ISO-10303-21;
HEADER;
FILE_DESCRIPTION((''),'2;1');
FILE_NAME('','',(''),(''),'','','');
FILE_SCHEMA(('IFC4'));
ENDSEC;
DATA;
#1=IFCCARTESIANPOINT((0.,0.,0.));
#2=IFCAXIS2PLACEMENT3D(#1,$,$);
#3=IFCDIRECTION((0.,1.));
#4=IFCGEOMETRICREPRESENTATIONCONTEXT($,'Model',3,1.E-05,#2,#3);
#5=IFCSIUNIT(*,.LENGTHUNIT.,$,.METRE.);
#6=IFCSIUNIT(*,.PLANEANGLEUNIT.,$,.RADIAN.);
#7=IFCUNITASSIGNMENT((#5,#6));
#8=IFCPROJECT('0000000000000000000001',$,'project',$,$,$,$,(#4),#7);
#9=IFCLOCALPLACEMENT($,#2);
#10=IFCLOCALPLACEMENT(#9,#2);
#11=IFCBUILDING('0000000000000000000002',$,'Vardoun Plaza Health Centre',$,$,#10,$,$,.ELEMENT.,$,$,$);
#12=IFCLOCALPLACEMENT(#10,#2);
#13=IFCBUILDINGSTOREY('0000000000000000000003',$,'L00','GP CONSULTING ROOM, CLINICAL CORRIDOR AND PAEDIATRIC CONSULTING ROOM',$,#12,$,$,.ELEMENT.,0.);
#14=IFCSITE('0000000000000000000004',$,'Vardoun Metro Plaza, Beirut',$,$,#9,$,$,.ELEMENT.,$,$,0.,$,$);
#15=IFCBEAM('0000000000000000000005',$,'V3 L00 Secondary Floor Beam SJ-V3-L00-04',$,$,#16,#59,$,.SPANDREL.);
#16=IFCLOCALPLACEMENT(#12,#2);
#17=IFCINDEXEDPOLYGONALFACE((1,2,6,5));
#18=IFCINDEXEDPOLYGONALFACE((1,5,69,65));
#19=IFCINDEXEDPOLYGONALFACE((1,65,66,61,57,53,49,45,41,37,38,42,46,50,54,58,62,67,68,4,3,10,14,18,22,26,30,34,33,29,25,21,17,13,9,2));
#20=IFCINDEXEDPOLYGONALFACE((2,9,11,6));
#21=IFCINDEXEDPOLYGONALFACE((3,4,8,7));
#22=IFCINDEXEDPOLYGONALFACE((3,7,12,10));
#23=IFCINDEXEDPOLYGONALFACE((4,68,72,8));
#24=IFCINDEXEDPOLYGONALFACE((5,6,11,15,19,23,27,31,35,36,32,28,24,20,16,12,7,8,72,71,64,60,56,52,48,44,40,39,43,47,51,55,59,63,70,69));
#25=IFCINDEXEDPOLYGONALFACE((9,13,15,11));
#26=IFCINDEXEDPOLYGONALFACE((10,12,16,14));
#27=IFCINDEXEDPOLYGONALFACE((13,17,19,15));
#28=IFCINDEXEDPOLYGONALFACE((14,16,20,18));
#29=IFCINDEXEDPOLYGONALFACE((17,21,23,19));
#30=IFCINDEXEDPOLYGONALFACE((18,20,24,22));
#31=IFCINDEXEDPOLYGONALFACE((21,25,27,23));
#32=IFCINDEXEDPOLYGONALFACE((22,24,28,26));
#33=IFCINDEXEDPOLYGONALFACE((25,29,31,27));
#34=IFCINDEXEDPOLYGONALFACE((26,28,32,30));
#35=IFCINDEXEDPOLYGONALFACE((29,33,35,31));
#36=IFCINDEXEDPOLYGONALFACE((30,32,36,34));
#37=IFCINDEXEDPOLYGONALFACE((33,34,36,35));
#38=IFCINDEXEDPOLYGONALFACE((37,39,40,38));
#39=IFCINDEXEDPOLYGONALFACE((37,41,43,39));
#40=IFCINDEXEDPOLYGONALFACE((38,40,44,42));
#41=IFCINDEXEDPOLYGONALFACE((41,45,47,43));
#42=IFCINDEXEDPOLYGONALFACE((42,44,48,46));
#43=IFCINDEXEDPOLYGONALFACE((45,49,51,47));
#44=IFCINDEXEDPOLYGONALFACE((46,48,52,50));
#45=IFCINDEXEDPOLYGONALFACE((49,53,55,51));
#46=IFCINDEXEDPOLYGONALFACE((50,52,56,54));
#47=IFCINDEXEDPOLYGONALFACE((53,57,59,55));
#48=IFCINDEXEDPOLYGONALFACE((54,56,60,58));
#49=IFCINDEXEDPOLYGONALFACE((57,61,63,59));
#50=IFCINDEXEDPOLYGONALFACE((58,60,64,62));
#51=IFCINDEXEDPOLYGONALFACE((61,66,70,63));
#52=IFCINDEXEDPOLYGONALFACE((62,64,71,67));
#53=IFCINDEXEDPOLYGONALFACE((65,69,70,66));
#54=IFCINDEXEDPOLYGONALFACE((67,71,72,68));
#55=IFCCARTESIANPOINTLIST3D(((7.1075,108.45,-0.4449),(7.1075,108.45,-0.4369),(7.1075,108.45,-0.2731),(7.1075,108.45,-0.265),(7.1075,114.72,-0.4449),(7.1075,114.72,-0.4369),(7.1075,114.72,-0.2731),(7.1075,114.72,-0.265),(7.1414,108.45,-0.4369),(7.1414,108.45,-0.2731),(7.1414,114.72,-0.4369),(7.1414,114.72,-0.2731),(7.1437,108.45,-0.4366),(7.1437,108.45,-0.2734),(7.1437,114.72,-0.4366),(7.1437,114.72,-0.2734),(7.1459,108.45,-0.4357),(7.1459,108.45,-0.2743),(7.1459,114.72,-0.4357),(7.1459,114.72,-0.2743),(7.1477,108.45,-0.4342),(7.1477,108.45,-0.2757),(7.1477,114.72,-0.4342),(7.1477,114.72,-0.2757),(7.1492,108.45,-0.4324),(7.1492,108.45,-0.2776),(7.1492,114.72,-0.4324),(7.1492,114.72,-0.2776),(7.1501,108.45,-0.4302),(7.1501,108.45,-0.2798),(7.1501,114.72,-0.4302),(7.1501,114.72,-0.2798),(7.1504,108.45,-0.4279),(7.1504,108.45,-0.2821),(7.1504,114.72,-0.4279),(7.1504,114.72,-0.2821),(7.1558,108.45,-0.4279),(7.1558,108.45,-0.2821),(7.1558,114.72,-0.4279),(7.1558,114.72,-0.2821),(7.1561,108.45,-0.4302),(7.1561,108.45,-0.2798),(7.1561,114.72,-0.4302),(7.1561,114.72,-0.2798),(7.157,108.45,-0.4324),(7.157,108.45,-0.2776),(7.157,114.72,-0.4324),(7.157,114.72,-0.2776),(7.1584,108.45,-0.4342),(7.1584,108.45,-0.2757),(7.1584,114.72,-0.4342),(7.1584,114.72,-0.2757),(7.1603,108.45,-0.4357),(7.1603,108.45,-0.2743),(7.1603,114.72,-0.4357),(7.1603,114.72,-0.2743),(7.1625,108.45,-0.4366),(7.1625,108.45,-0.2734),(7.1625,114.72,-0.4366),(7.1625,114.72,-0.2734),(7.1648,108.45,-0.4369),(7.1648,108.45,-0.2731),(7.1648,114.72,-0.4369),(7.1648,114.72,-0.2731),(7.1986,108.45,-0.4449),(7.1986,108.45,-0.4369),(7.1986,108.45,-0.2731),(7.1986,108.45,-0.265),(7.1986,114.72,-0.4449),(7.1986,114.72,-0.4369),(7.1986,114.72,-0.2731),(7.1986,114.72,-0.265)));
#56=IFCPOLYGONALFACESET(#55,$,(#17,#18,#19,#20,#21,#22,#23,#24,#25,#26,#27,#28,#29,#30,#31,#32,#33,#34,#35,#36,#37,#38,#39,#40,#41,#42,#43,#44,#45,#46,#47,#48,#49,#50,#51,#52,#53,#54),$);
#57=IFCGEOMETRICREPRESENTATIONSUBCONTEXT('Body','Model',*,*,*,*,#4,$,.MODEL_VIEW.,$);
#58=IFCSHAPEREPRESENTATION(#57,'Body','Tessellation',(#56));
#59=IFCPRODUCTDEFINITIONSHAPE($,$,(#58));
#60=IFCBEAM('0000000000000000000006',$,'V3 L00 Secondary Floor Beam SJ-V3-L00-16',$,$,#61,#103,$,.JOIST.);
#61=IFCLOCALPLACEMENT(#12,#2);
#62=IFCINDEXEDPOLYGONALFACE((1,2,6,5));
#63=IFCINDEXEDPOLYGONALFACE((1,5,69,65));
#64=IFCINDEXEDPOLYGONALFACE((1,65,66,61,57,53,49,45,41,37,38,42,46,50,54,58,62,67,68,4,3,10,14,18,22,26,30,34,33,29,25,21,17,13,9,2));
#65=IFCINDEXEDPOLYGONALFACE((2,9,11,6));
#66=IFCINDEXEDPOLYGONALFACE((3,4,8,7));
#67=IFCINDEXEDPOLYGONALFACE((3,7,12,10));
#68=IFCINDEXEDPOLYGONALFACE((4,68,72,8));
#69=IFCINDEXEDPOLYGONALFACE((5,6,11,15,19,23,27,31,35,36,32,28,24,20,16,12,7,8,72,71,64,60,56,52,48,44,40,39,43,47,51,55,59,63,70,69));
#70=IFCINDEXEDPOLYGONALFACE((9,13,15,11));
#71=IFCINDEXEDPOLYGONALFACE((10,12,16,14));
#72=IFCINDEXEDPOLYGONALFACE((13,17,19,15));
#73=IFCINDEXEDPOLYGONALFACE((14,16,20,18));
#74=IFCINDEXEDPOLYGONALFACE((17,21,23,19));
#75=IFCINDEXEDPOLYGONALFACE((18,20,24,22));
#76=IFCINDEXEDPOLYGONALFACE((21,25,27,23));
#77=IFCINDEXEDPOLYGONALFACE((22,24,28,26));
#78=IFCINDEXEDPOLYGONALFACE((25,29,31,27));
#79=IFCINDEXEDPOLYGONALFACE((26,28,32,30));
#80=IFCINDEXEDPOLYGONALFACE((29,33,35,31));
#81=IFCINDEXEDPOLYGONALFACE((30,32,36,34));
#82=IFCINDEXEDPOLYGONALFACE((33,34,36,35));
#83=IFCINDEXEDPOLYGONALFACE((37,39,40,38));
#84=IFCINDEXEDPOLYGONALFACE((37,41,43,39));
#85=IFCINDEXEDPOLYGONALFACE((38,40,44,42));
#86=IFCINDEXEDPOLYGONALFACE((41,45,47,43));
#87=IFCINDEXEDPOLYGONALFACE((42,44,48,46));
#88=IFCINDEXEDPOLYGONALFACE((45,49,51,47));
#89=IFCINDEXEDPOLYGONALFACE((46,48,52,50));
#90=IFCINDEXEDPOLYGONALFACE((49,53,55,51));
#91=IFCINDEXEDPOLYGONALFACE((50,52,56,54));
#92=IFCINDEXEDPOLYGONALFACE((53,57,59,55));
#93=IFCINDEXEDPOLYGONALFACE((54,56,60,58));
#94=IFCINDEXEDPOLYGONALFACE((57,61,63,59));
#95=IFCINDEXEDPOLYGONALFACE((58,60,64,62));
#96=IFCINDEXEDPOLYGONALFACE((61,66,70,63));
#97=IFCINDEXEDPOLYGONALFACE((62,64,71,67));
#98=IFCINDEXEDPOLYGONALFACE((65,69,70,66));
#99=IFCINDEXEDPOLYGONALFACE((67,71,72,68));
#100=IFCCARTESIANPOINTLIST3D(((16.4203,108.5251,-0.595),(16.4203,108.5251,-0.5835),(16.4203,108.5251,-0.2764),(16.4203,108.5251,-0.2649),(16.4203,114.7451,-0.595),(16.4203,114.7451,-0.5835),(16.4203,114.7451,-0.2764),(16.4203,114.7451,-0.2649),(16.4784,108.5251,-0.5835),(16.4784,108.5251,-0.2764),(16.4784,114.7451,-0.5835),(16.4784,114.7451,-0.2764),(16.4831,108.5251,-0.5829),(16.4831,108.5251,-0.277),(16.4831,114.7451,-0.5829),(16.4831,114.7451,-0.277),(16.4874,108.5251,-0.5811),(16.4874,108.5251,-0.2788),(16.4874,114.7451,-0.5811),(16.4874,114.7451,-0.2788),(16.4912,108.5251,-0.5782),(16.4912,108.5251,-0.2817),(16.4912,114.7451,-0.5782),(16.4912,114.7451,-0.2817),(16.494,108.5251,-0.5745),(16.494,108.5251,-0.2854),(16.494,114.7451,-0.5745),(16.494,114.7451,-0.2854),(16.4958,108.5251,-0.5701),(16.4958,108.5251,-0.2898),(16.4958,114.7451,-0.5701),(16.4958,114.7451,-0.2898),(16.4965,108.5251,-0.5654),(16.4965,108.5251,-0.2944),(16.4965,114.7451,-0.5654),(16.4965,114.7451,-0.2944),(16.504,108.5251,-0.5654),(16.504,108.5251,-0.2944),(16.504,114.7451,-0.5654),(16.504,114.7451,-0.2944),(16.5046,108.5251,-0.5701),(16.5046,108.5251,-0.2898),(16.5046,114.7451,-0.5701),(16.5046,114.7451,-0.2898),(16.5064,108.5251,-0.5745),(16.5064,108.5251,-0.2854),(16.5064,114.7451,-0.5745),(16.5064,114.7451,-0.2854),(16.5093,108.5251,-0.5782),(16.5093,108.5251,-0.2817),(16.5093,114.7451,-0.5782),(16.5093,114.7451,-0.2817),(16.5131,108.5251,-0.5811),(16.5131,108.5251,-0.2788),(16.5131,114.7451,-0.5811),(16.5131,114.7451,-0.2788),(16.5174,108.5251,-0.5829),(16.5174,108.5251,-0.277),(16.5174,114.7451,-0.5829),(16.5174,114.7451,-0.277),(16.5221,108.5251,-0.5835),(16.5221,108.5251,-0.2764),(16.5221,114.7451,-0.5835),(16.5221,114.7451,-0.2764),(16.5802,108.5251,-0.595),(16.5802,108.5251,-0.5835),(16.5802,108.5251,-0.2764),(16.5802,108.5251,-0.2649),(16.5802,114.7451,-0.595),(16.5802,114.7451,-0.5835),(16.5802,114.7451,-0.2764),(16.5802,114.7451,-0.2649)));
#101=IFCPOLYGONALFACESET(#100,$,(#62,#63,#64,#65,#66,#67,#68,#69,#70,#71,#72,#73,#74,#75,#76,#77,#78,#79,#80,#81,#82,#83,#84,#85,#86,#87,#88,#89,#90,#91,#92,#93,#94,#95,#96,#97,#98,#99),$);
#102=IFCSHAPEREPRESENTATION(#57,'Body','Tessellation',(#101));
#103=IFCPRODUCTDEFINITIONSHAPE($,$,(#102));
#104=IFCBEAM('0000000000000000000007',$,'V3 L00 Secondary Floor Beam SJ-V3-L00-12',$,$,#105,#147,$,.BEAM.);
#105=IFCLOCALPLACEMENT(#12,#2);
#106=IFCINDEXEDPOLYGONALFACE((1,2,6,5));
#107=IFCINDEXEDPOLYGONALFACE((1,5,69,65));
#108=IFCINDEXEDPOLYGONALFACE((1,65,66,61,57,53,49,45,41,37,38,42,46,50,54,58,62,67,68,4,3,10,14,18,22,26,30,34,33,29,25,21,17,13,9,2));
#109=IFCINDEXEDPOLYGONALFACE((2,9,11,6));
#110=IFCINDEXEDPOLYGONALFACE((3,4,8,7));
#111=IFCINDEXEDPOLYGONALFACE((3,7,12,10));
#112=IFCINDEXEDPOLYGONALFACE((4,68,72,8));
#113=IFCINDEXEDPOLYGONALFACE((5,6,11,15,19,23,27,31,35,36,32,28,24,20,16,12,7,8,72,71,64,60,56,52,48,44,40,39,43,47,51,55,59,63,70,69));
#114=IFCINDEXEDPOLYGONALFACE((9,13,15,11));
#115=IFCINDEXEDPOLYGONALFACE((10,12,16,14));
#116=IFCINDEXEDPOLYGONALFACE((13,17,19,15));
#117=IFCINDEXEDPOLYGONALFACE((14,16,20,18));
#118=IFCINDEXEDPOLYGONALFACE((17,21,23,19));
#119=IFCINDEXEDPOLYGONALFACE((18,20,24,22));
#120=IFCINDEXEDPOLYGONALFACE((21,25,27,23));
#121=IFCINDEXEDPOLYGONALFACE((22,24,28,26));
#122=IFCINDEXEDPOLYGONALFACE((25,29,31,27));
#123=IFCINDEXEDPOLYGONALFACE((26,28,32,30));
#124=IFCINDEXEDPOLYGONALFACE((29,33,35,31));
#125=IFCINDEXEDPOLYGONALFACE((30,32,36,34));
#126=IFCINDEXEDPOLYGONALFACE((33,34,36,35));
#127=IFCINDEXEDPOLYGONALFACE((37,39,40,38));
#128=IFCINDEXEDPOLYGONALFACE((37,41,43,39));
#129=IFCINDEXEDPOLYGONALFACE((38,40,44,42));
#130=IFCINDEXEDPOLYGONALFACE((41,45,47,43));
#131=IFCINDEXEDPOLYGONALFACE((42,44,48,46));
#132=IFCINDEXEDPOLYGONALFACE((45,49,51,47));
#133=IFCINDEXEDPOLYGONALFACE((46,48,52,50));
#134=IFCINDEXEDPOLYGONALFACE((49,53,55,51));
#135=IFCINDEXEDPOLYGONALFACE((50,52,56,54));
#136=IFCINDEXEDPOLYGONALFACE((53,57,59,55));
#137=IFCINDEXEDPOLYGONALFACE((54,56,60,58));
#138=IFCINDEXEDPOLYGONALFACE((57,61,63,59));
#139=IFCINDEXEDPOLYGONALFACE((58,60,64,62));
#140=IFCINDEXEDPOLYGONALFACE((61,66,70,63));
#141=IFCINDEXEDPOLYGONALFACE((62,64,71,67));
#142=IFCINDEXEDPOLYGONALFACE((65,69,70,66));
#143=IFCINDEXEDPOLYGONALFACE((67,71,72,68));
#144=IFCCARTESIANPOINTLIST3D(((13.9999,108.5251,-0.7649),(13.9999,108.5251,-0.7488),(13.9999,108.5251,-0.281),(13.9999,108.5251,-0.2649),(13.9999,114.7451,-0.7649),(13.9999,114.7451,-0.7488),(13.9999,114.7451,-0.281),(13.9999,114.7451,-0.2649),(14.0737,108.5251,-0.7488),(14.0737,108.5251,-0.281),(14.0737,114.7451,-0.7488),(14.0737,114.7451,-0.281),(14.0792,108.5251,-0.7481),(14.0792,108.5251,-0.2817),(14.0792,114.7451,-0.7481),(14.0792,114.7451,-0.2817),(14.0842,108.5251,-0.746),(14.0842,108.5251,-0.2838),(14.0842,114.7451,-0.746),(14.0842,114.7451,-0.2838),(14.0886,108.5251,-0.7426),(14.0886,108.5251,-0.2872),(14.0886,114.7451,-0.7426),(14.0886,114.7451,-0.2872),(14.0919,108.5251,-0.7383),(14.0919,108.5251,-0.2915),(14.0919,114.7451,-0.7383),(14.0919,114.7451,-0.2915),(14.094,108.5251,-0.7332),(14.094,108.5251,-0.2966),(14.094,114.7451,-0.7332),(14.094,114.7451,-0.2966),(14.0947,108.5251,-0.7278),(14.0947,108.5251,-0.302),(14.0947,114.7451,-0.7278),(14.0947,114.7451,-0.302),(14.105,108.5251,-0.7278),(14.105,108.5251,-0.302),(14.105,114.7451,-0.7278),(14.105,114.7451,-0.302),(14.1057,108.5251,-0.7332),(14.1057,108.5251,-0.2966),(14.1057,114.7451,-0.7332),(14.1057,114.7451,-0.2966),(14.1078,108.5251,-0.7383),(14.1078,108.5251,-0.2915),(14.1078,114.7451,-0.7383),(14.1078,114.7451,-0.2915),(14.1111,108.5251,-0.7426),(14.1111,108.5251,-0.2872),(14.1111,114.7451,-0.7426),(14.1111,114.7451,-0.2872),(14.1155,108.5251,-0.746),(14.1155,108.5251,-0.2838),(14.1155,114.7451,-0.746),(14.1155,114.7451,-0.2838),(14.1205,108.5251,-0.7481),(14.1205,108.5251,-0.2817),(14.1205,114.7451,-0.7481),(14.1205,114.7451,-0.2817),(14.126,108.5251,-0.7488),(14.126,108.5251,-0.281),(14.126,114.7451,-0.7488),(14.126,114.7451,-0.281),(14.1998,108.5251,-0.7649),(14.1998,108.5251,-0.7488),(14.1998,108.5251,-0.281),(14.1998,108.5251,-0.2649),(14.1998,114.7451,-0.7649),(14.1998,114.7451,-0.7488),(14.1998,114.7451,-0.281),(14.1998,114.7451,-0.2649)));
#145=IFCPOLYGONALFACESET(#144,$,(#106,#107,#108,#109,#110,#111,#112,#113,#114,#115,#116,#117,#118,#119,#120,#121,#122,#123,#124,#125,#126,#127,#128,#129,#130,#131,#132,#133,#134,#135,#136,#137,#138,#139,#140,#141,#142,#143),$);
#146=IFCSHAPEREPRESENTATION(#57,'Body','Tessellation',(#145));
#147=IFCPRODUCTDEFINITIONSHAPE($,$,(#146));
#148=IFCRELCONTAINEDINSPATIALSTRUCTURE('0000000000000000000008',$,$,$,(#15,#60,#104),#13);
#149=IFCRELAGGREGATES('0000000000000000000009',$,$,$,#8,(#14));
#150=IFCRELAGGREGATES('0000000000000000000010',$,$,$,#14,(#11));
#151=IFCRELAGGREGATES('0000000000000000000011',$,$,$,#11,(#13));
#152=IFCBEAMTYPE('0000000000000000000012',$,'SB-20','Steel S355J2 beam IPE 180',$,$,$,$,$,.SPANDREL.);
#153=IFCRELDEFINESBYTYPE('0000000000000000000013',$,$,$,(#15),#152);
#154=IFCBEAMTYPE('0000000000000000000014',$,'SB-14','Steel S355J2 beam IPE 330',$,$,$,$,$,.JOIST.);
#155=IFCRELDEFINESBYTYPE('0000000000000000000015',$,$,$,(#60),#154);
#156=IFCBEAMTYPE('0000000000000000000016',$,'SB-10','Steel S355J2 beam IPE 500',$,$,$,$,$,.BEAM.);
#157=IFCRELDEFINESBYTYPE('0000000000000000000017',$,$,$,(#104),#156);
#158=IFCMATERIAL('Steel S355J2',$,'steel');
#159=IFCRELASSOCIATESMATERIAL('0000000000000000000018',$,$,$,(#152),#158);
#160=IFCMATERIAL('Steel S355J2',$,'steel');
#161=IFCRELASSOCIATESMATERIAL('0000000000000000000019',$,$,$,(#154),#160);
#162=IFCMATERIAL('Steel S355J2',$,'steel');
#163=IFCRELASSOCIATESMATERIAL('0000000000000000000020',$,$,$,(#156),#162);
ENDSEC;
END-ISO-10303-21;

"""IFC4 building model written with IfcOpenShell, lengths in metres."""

from ifc_helpers import new_model, si_unit, direction, frame, origin, origin_2d, place, context, subcontext, project, spatial, i_section, extrude, material, material_profile, profile_set, type_object, element, save


model = new_model("IFC4")

# Units and contexts
model_context = context("Model", 3, precision=1e-05, world=origin(), true_north=direction((0.0, 1.0)))
body_context = subcontext(model_context, "Body", "Model", "MODEL_VIEW")
ifc_project = project(units=[si_unit("LENGTHUNIT", "METRE"), si_unit("PLANEANGLEUNIT", "RADIAN")], contexts=[model_context])

# Site, building, storey
site_placement = place(None, origin())
site = spatial("IfcSite", under=ifc_project, at=site_placement, Name="Vardoun Metro Plaza, Beirut", CompositionType="ELEMENT", RefElevation=0.0)
building_placement = place(site_placement, origin())
building = spatial("IfcBuilding", under=site, at=building_placement, Name="Vardoun Plaza Health Centre", CompositionType="ELEMENT")
storey_placement = place(building_placement, origin())
storey = spatial("IfcBuildingStorey", under=building, at=storey_placement, Name="L00", Description="GP CONSULTING ROOM, CLINICAL CORRIDOR AND PAEDIATRIC CONSULTING ROOM", CompositionType="ELEMENT", Elevation=0.0)

# Beams
ifc_material_1 = material(Name="Steel S355J2", Category="steel")
ifc_material_profile_1 = material_profile(ifc_material_1, i_section(OverallWidth=0.0911, OverallDepth=0.1799, WebThickness=0.0054, FlangeThickness=0.0081, FilletRadius=0.009, at=origin_2d()), Name="IPE 180")
ifc_profile_set_1 = profile_set([ifc_material_profile_1], Name="Steel S355J2")
beam_type_1 = type_object("IfcBeamType", Name="SB-20", Description="Steel S355J2 beam IPE 180", PredefinedType="SPANDREL", material=ifc_profile_set_1)
beam_1_placement = place(storey_placement, frame((7.1531, 108.45, -0.355), z_axis=(0.0, 1.0, 0.0), x_axis=(-1.0, 0.0, 0.0)))
element("IfcBeam", 1, at=beam_1_placement, inside=storey, type_object=beam_type_1, Name="V3 L00 Secondary Floor Beam SJ-V3-L00-04", PredefinedType="SPANDREL", context=body_context, shape_type="SweptSolid", body=[
    extrude(i_section(OverallWidth=0.0911, OverallDepth=0.1799, WebThickness=0.0054, FlangeThickness=0.0081, FilletRadius=0.009, at=origin_2d()), origin(), (0.0, 0.0, 1.0), 6.27),
])
ifc_material_2 = material(Name="Steel S355J2", Category="steel")
ifc_material_profile_2 = material_profile(ifc_material_2, i_section(OverallWidth=0.1599, OverallDepth=0.3301, WebThickness=0.0076, FlangeThickness=0.0115, FilletRadius=0.0181, at=origin_2d()), Name="IPE 330")
ifc_profile_set_2 = profile_set([ifc_material_profile_2], Name="Steel S355J2")
beam_type_2 = type_object("IfcBeamType", Name="SB-14", Description="Steel S355J2 beam IPE 330", PredefinedType="JOIST", material=ifc_profile_set_2)
beam_2_placement = place(storey_placement, frame((16.5002, 108.5251, -0.4299), z_axis=(0.0, 1.0, 0.0), x_axis=(-1.0, 0.0, 0.0)))
element("IfcBeam", 2, at=beam_2_placement, inside=storey, type_object=beam_type_2, Name="V3 L00 Secondary Floor Beam SJ-V3-L00-16", PredefinedType="JOIST", context=body_context, shape_type="SweptSolid", body=[
    extrude(i_section(OverallWidth=0.1599, OverallDepth=0.3301, WebThickness=0.0076, FlangeThickness=0.0115, FilletRadius=0.0181, at=origin_2d()), origin(), (0.0, 0.0, 1.0), 6.22),
])
ifc_material_3 = material(Name="Steel S355J2", Category="steel")
ifc_material_profile_3 = material_profile(ifc_material_3, i_section(OverallWidth=0.2, OverallDepth=0.5, WebThickness=0.0103, FlangeThickness=0.0161, FilletRadius=0.021, at=origin_2d()), Name="IPE 500")
ifc_profile_set_3 = profile_set([ifc_material_profile_3], Name="Steel S355J2")
beam_type_3 = type_object("IfcBeamType", Name="SB-10", Description="Steel S355J2 beam IPE 500", PredefinedType="BEAM", material=ifc_profile_set_3)
beam_3_placement = place(storey_placement, frame((14.0999, 108.5251, -0.5149), z_axis=(0.0, 1.0, 0.0), x_axis=(-1.0, 0.0, 0.0)))
element("IfcBeam", 3, at=beam_3_placement, inside=storey, type_object=beam_type_3, Name="V3 L00 Secondary Floor Beam SJ-V3-L00-12", PredefinedType="BEAM", context=body_context, shape_type="SweptSolid", body=[
    extrude(i_section(OverallWidth=0.2, OverallDepth=0.5, WebThickness=0.0103, FlangeThickness=0.0161, FilletRadius=0.021, at=origin_2d()), origin(), (0.0, 0.0, 1.0), 6.22),
])

save(model, "model.ifc")
